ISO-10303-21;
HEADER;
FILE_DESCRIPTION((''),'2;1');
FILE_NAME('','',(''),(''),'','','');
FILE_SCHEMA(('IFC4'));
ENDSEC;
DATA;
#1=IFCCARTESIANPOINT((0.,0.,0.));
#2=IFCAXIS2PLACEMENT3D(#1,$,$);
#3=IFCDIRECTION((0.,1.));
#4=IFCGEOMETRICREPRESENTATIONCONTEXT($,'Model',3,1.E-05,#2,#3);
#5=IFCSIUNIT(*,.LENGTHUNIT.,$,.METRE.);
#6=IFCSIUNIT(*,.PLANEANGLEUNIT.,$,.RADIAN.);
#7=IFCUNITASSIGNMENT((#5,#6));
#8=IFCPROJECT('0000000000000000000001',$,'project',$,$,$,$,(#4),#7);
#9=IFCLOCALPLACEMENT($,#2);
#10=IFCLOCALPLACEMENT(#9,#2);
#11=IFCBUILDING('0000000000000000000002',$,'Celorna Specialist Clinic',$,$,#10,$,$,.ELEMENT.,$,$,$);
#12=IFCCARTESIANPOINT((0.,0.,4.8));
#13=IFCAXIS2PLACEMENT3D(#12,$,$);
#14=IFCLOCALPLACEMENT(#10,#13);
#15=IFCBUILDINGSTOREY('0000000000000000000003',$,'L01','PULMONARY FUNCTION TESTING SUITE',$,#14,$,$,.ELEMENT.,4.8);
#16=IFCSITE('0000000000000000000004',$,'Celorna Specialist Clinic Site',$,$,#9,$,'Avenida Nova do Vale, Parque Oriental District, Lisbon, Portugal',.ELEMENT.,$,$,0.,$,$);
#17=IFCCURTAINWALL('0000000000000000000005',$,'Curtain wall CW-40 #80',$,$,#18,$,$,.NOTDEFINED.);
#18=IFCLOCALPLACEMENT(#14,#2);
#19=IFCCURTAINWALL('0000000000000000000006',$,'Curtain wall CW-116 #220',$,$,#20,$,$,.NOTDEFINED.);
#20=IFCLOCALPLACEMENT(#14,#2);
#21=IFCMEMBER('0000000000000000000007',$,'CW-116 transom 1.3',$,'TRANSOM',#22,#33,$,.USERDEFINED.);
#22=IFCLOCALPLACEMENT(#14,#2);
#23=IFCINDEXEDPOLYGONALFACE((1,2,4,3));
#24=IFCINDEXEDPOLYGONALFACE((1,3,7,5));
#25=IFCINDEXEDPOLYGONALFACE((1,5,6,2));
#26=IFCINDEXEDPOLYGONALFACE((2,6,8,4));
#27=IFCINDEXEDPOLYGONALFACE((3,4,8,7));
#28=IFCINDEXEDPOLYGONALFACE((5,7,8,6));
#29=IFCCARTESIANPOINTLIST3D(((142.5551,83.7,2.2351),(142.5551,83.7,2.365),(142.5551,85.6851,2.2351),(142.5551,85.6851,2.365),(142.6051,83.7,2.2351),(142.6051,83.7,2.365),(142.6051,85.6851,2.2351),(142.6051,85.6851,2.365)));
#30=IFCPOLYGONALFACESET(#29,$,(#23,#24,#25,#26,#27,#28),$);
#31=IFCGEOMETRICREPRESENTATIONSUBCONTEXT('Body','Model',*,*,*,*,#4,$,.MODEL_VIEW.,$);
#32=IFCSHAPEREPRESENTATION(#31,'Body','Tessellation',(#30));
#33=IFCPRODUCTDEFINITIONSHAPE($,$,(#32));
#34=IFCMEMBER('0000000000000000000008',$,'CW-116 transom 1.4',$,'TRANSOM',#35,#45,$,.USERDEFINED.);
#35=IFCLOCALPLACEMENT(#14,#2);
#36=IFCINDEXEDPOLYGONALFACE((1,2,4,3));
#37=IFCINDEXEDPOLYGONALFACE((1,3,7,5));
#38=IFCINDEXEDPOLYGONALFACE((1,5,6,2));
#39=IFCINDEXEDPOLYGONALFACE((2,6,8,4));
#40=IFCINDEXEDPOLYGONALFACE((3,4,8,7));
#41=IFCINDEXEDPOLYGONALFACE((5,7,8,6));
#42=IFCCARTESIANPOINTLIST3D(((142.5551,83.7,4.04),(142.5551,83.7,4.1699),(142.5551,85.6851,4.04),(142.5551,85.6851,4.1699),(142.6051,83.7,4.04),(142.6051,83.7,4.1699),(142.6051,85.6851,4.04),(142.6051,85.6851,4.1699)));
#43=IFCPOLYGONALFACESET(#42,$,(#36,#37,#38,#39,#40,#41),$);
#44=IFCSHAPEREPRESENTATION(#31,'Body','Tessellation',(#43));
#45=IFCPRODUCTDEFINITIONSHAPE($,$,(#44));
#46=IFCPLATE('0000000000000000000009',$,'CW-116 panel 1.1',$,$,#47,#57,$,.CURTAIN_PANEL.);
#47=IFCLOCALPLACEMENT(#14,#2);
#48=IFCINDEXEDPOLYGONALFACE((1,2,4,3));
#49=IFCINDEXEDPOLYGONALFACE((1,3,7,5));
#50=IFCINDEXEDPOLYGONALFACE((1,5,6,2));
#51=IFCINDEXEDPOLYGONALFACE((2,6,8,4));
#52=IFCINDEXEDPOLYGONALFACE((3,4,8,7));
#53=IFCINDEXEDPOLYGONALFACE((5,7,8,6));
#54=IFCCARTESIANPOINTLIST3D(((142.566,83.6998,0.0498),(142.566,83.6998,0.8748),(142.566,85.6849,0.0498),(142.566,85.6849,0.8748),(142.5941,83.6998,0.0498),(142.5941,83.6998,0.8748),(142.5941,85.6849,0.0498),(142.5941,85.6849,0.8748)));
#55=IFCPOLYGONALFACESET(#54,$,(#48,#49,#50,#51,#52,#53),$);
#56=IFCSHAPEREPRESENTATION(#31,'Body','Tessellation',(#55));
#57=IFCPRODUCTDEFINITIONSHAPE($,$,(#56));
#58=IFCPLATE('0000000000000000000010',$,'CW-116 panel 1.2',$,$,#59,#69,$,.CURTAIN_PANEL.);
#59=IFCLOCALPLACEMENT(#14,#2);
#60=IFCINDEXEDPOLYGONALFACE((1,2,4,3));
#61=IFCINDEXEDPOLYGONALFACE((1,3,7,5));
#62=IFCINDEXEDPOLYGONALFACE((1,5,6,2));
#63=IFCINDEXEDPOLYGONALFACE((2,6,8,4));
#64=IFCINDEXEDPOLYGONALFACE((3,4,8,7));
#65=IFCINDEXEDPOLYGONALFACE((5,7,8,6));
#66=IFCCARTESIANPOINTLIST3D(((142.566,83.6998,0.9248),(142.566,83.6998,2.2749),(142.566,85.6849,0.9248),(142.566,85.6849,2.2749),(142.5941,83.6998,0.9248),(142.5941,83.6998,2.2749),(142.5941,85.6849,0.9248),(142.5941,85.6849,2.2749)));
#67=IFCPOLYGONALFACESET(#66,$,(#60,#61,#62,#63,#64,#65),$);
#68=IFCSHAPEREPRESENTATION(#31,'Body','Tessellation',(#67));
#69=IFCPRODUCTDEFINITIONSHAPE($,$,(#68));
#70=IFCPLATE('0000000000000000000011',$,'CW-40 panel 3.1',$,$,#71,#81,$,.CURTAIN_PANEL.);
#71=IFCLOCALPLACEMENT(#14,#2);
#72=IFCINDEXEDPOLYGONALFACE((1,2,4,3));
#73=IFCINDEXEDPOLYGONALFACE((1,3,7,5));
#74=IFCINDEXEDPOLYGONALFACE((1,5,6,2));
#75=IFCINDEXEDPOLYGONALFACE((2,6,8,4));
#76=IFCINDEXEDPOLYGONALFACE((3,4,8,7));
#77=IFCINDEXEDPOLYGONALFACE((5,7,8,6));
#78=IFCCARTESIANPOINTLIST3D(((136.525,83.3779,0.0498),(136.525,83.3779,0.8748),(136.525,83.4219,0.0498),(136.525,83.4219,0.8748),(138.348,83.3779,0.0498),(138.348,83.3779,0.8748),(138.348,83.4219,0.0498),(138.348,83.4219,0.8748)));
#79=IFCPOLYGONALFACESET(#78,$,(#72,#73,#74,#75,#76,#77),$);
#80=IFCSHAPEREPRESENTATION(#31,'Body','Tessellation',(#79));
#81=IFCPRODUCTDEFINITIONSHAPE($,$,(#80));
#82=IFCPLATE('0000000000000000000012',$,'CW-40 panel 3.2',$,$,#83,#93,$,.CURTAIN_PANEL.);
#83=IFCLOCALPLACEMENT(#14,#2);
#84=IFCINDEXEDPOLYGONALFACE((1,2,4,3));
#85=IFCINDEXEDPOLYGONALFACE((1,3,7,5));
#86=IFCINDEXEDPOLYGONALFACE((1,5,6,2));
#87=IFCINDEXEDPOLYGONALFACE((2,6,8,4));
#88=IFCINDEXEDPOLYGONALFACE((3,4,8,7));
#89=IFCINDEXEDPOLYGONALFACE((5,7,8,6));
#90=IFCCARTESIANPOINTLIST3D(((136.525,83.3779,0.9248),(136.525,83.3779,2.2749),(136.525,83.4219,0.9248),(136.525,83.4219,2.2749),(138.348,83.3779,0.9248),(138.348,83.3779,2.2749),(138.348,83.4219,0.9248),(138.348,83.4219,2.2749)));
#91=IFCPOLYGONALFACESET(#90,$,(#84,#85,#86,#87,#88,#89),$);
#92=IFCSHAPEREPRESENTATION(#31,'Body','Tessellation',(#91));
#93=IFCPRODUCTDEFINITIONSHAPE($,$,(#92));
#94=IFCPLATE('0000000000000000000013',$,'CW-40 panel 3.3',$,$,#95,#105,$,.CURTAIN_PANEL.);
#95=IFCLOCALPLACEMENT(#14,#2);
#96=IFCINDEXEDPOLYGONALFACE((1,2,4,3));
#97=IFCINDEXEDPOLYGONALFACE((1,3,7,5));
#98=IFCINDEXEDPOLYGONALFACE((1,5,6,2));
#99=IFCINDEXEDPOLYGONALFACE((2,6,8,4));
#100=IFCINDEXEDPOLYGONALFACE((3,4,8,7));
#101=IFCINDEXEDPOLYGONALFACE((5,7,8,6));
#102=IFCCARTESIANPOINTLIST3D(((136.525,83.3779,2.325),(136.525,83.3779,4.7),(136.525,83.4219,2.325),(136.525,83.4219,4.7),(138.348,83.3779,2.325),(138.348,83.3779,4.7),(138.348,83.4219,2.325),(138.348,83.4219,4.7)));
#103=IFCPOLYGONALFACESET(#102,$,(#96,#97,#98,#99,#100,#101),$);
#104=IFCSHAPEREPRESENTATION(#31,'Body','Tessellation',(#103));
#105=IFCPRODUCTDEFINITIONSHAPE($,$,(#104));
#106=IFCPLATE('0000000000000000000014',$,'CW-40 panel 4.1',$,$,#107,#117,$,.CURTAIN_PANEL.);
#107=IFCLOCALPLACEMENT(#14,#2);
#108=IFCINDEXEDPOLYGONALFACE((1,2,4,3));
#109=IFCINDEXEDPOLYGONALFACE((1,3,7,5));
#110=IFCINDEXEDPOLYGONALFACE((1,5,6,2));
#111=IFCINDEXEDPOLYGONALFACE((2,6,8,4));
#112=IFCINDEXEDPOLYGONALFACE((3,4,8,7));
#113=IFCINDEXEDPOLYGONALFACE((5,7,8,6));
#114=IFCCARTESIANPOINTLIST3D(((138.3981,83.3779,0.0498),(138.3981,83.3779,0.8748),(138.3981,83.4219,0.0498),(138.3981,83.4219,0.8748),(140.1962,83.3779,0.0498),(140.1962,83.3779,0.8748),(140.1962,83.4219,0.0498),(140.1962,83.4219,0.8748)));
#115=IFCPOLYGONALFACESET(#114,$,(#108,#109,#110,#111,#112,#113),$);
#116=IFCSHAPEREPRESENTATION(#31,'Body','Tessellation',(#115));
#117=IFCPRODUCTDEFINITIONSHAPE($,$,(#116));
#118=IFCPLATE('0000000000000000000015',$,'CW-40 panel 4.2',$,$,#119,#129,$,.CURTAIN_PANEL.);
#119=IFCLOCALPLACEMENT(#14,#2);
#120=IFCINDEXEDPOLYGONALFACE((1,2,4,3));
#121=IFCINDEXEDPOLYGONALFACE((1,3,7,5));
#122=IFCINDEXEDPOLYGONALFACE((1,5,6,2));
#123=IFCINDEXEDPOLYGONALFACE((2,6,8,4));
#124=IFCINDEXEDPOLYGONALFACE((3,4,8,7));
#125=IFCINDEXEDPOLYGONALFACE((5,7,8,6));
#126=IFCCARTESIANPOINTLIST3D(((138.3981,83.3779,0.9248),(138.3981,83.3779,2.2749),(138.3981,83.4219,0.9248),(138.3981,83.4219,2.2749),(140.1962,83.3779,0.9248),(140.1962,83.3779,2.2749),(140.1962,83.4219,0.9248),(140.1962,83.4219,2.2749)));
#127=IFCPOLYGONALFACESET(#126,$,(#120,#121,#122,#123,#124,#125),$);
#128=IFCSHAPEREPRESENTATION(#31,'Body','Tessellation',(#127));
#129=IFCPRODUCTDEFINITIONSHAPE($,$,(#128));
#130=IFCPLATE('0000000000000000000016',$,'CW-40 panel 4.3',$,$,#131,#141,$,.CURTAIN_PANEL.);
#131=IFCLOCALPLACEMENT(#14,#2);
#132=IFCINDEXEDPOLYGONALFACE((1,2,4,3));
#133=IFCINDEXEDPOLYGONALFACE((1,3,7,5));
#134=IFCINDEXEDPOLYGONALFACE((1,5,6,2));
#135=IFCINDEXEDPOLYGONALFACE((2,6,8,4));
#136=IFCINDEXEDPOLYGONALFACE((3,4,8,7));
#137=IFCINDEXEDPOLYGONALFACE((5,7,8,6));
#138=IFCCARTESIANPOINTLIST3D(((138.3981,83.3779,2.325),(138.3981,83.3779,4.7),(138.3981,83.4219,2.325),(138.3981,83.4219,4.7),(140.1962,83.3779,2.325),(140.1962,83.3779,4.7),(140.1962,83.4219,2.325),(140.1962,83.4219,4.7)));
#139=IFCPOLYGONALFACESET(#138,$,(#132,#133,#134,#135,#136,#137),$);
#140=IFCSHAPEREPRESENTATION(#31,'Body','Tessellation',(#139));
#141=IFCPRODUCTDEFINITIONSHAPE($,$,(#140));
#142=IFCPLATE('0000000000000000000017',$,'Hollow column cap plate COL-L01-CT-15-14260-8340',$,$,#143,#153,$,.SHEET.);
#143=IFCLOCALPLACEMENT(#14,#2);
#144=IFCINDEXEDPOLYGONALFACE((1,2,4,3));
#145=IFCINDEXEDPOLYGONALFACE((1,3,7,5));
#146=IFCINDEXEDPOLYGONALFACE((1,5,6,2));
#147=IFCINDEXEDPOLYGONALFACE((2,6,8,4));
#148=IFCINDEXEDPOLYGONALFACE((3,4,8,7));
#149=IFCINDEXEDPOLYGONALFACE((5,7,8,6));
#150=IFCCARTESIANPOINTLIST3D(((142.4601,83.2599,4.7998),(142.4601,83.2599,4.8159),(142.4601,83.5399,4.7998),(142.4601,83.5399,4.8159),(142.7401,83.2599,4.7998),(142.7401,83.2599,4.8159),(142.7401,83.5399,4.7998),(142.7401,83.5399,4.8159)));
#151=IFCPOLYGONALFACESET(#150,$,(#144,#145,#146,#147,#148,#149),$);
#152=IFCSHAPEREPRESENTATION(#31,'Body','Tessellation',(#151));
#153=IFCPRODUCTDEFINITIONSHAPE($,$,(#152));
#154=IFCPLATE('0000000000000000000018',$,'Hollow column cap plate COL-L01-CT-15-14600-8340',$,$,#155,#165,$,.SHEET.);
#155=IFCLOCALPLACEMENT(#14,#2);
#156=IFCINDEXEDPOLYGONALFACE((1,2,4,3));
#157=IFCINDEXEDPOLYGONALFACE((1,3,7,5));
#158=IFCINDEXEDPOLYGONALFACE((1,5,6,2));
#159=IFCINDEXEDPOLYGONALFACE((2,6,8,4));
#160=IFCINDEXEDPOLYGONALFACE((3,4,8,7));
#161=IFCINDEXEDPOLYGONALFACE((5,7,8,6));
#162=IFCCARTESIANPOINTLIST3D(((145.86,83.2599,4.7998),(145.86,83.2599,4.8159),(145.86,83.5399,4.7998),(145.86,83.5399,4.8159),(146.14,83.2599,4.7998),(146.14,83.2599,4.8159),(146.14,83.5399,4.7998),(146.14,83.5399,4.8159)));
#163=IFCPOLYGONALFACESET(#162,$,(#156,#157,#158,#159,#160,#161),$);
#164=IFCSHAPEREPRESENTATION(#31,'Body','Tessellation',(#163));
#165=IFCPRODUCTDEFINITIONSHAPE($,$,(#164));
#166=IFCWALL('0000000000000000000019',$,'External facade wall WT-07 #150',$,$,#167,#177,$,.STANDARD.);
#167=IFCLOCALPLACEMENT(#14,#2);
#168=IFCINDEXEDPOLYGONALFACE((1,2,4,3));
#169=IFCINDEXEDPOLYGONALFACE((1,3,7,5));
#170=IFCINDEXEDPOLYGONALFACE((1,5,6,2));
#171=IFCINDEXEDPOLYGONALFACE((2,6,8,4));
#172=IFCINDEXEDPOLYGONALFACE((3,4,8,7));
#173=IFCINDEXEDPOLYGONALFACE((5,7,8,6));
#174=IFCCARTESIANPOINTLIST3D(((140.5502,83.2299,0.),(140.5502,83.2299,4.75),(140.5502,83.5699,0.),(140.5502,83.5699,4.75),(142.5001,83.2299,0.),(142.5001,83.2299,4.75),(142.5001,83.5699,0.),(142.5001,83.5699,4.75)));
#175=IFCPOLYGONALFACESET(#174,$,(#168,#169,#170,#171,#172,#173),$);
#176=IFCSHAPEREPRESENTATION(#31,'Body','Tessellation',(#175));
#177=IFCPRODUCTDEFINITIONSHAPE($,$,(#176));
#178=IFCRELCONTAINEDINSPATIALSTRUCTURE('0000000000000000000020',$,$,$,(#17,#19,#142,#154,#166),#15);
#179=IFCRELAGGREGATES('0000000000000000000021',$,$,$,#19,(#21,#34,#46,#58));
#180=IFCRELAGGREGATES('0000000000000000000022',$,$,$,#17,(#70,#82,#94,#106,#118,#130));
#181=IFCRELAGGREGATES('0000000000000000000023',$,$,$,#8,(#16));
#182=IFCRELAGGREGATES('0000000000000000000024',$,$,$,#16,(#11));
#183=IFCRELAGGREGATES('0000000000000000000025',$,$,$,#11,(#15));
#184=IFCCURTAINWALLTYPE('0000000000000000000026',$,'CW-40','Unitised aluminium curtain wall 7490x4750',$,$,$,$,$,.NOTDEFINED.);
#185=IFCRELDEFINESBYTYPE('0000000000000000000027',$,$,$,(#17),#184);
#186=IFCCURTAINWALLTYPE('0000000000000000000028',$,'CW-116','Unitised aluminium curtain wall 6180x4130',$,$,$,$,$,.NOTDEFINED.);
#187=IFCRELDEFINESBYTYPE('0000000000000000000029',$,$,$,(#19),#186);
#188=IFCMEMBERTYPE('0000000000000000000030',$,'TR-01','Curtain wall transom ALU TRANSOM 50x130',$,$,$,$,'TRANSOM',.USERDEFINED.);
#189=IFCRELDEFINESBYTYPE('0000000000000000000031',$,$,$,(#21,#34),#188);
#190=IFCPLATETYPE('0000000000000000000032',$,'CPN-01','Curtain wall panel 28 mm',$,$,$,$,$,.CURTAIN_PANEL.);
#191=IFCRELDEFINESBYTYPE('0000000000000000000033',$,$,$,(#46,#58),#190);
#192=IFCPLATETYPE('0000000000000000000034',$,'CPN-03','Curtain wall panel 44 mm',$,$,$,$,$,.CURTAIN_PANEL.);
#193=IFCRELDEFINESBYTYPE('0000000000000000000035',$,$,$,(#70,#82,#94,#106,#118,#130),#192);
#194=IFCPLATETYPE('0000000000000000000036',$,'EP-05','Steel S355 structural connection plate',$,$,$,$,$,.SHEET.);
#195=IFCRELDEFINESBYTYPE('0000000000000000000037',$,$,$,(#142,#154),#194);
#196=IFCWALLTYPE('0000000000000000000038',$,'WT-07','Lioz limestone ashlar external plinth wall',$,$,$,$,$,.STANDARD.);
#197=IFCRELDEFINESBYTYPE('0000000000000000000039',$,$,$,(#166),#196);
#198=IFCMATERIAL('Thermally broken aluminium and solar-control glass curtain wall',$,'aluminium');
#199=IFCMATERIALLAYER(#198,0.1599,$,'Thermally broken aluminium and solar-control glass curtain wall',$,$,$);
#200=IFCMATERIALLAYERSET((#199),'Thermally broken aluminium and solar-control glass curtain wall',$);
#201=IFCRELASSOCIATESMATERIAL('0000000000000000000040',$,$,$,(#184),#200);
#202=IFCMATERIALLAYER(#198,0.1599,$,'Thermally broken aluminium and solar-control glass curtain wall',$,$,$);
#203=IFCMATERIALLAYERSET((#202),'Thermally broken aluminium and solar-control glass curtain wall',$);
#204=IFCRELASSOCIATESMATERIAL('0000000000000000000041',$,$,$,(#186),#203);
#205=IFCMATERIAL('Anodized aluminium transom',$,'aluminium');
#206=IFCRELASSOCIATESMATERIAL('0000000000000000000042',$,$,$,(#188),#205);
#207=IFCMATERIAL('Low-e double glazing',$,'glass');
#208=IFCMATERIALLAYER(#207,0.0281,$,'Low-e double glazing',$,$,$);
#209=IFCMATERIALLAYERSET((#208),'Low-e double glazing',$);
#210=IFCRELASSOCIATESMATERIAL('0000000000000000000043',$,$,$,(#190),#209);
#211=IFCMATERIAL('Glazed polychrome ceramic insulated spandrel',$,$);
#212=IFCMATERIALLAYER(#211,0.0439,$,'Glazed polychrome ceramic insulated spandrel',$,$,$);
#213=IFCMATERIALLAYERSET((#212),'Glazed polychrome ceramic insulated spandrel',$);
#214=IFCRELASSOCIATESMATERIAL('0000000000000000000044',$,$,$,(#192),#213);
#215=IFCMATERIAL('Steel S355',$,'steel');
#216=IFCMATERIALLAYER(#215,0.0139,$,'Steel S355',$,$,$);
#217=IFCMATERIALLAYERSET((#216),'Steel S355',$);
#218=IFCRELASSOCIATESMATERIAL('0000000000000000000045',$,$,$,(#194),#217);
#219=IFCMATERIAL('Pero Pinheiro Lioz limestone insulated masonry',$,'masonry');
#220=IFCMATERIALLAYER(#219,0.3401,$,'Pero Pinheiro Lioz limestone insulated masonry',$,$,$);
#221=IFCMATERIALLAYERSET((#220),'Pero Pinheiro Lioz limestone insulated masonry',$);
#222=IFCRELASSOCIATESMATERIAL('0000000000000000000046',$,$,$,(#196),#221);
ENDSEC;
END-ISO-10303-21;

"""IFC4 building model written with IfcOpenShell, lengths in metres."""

from ifc_helpers import new_model, si_unit, direction, frame, frame_2d, origin, origin_2d, place, context, subcontext, project, spatial, rectangle, extrude, material, layer, layer_set, material_profile, profile_set, type_object, element, aggregate, save


model = new_model("IFC4")

# Units and contexts
model_context = context("Model", 3, precision=1e-05, world=origin(), true_north=direction((0.0, 1.0)))
body_context = subcontext(model_context, "Body", "Model", "MODEL_VIEW")
ifc_project = project(units=[si_unit("LENGTHUNIT", "METRE"), si_unit("PLANEANGLEUNIT", "RADIAN")], contexts=[model_context])

# Site, building, storey
site_placement = place(None, origin())
site = spatial("IfcSite", under=ifc_project, at=site_placement, Name="Celorna Specialist Clinic Site", LongName="Avenida Nova do Vale, Parque Oriental District, Lisbon, Portugal", CompositionType="ELEMENT", RefElevation=0.0)
building_placement = place(site_placement, origin())
building = spatial("IfcBuilding", under=site, at=building_placement, Name="Celorna Specialist Clinic", CompositionType="ELEMENT")
storey_placement = place(building_placement, frame((0.0, 0.0, 4.8)))
storey = spatial("IfcBuildingStorey", under=building, at=storey_placement, Name="L01", Description="PULMONARY FUNCTION TESTING SUITE", CompositionType="ELEMENT", Elevation=4.8)

# Shared definitions
ifc_material_1 = material(Name="Steel S355", Category="steel")

# Curtain wall
ifc_material_2 = material(Name="Thermally broken aluminium and solar-control glass curtain wall", Category="aluminium")
ifc_layer_1 = layer(ifc_material_2, 0.1599, Name="Thermally broken aluminium and solar-control glass curtain wall")
ifc_layer_set_1 = layer_set([ifc_layer_1], Name="Thermally broken aluminium and solar-control glass curtain wall")
curtain_wall_type_1 = type_object("IfcCurtainWallType", Name="CW-40", Description="Unitised aluminium curtain wall 7490x4750", PredefinedType="NOTDEFINED", material=ifc_layer_set_1)
curtain_wall_1_placement = place(storey_placement, origin())
curtain_wall_1 = element("IfcCurtainWall", 1, at=curtain_wall_1_placement, inside=storey, type_object=curtain_wall_type_1, Name="Curtain wall CW-40 #80", PredefinedType="NOTDEFINED")

# Curtain wall
ifc_layer_2 = layer(ifc_material_2, 0.1599, Name="Thermally broken aluminium and solar-control glass curtain wall")
ifc_layer_set_2 = layer_set([ifc_layer_2], Name="Thermally broken aluminium and solar-control glass curtain wall")
curtain_wall_type_2 = type_object("IfcCurtainWallType", Name="CW-116", Description="Unitised aluminium curtain wall 6180x4130", PredefinedType="NOTDEFINED", material=ifc_layer_set_2)
curtain_wall_2_placement = place(storey_placement, origin())
curtain_wall_2 = element("IfcCurtainWall", 2, at=curtain_wall_2_placement, inside=storey, type_object=curtain_wall_type_2, Name="Curtain wall CW-116 #220", PredefinedType="NOTDEFINED")

# Members
ifc_material_3 = material(Name="Anodized aluminium transom", Category="aluminium")
ifc_material_profile_1 = material_profile(ifc_material_3, rectangle(XDim=0.05, YDim=0.1299, at=origin_2d()), Name="ALU TRANSOM 50x130")
ifc_profile_set_1 = profile_set([ifc_material_profile_1], Name="Anodized aluminium transom")
member_type_1 = type_object("IfcMemberType", Name="TR-01", Description="Curtain wall transom ALU TRANSOM 50x130", ElementType="TRANSOM", PredefinedType="USERDEFINED", material=ifc_profile_set_1)
member_1_placement = place(storey_placement, frame((142.5801, 83.7, 2.3), z_axis=(0.0, 1.0, 0.0), x_axis=(-1.0, 0.0, 0.0)))
member_1 = element("IfcMember", 3, at=member_1_placement, type_object=member_type_1, Name="CW-116 transom 1.3", ObjectType="TRANSOM", PredefinedType="USERDEFINED", context=body_context, shape_type="SweptSolid", body=[
    extrude(rectangle(XDim=0.05, YDim=0.1299, at=origin_2d()), origin(), (0.0, 0.0, 1.0), 1.9851),
])
member_2_placement = place(storey_placement, frame((142.5801, 83.7, 4.105), z_axis=(0.0, 1.0, 0.0), x_axis=(-1.0, 0.0, 0.0)))
member_2 = element("IfcMember", 4, at=member_2_placement, type_object=member_type_1, Name="CW-116 transom 1.4", ObjectType="TRANSOM", PredefinedType="USERDEFINED", context=body_context, shape_type="SweptSolid", body=[
    extrude(rectangle(XDim=0.05, YDim=0.1299, at=origin_2d()), origin(), (0.0, 0.0, 1.0), 1.9851),
])

# Plates
ifc_material_4 = material(Name="Low-e double glazing", Category="glass")
ifc_layer_3 = layer(ifc_material_4, 0.0281, Name="Low-e double glazing")
ifc_layer_set_3 = layer_set([ifc_layer_3], Name="Low-e double glazing")
plate_type_1 = type_object("IfcPlateType", Name="CPN-01", Description="Curtain wall panel 28 mm", PredefinedType="CURTAIN_PANEL", material=ifc_layer_set_3)
plate_1_placement = place(storey_placement, frame((142.5801, 84.6924, 0.0498), z_axis=(0.0, 0.0, 1.0), x_axis=(0.0, 1.0, 0.0)))
plate_1 = element("IfcPlate", 5, at=plate_1_placement, type_object=plate_type_1, Name="CW-116 panel 1.1", PredefinedType="CURTAIN_PANEL", context=body_context, shape_type="SweptSolid", body=[
    extrude(rectangle(XDim=1.9851, YDim=0.0281, at=origin_2d()), origin(), (0.0, 0.0, 1.0), 0.825),
])
plate_2_placement = place(storey_placement, frame((142.5801, 84.6924, 0.9248), z_axis=(0.0, 0.0, 1.0), x_axis=(0.0, 1.0, 0.0)))
plate_2 = element("IfcPlate", 6, at=plate_2_placement, type_object=plate_type_1, Name="CW-116 panel 1.2", PredefinedType="CURTAIN_PANEL", context=body_context, shape_type="SweptSolid", body=[
    extrude(rectangle(XDim=1.9851, YDim=0.0281, at=origin_2d()), origin(), (0.0, 0.0, 1.0), 1.3501),
])
aggregate(curtain_wall_2, [member_1, member_2, plate_1, plate_2])
ifc_material_5 = material(Name="Glazed polychrome ceramic insulated spandrel")
ifc_layer_4 = layer(ifc_material_5, 0.0439, Name="Glazed polychrome ceramic insulated spandrel")
ifc_layer_set_4 = layer_set([ifc_layer_4], Name="Glazed polychrome ceramic insulated spandrel")
plate_type_2 = type_object("IfcPlateType", Name="CPN-03", Description="Curtain wall panel 44 mm", PredefinedType="CURTAIN_PANEL", material=ifc_layer_set_4)
plate_3_placement = place(storey_placement, frame((137.4365, 83.3999, 0.0498), z_axis=(0.0, 0.0, 1.0), x_axis=(1.0, 0.0, 0.0)))
plate_3 = element("IfcPlate", 7, at=plate_3_placement, type_object=plate_type_2, Name="CW-40 panel 3.1", PredefinedType="CURTAIN_PANEL", context=body_context, shape_type="SweptSolid", body=[
    extrude(rectangle(XDim=1.823, YDim=0.0439, at=origin_2d()), origin(), (0.0, 0.0, 1.0), 0.825),
])
plate_4_placement = place(storey_placement, frame((137.4365, 83.3999, 0.9248), z_axis=(0.0, 0.0, 1.0), x_axis=(1.0, 0.0, 0.0)))
plate_4 = element("IfcPlate", 8, at=plate_4_placement, type_object=plate_type_2, Name="CW-40 panel 3.2", PredefinedType="CURTAIN_PANEL", context=body_context, shape_type="SweptSolid", body=[
    extrude(rectangle(XDim=1.823, YDim=0.0439, at=origin_2d()), origin(), (0.0, 0.0, 1.0), 1.3501),
])
plate_5_placement = place(storey_placement, frame((137.4365, 83.3999, 2.325), z_axis=(0.0, 0.0, 1.0), x_axis=(1.0, 0.0, 0.0)))
plate_5 = element("IfcPlate", 9, at=plate_5_placement, type_object=plate_type_2, Name="CW-40 panel 3.3", PredefinedType="CURTAIN_PANEL", context=body_context, shape_type="SweptSolid", body=[
    extrude(rectangle(XDim=1.823, YDim=0.0439, at=origin_2d()), origin(), (0.0, 0.0, 1.0), 2.375),
])
plate_6_placement = place(storey_placement, frame((139.2971, 83.3999, 0.0498), z_axis=(0.0, 0.0, 1.0), x_axis=(1.0, 0.0, 0.0)))
plate_6 = element("IfcPlate", 10, at=plate_6_placement, type_object=plate_type_2, Name="CW-40 panel 4.1", PredefinedType="CURTAIN_PANEL", context=body_context, shape_type="SweptSolid", body=[
    extrude(rectangle(XDim=1.7981, YDim=0.0439, at=origin_2d()), origin(), (0.0, 0.0, 1.0), 0.825),
])
plate_7_placement = place(storey_placement, frame((139.2971, 83.3999, 0.9248), z_axis=(0.0, 0.0, 1.0), x_axis=(1.0, 0.0, 0.0)))
plate_7 = element("IfcPlate", 11, at=plate_7_placement, type_object=plate_type_2, Name="CW-40 panel 4.2", PredefinedType="CURTAIN_PANEL", context=body_context, shape_type="SweptSolid", body=[
    extrude(rectangle(XDim=1.7981, YDim=0.0439, at=origin_2d()), origin(), (0.0, 0.0, 1.0), 1.3501),
])
plate_8_placement = place(storey_placement, frame((139.2971, 83.3999, 2.325), z_axis=(0.0, 0.0, 1.0), x_axis=(1.0, 0.0, 0.0)))
plate_8 = element("IfcPlate", 12, at=plate_8_placement, type_object=plate_type_2, Name="CW-40 panel 4.3", PredefinedType="CURTAIN_PANEL", context=body_context, shape_type="SweptSolid", body=[
    extrude(rectangle(XDim=1.7981, YDim=0.0439, at=origin_2d()), origin(), (0.0, 0.0, 1.0), 2.375),
])
aggregate(curtain_wall_1, [plate_3, plate_4, plate_5, plate_6, plate_7, plate_8])

# Plates
ifc_layer_5 = layer(ifc_material_1, 0.0139, Name="Steel S355")
ifc_layer_set_5 = layer_set([ifc_layer_5], Name="Steel S355")
plate_type_3 = type_object("IfcPlateType", Name="EP-05", Description="Steel S355 structural connection plate", PredefinedType="SHEET", material=ifc_layer_set_5)
for number, where, z_axis, x_axis, name in (
    (13, (142.6001, 83.3999, 4.7998), (0.0, 0.0, 1.0), (1.0, 0.0, 0.0), "Hollow column cap plate COL-L01-CT-15-14260-8340"),
    (14, (146.0, 83.3999, 4.7998), (0.0, 0.0, 1.0), (1.0, 0.0, 0.0), "Hollow column cap plate COL-L01-CT-15-14600-8340"),
):
    element("IfcPlate", number, at=place(storey_placement, frame(where, z_axis=z_axis, x_axis=x_axis)), inside=storey, type_object=plate_type_3, Name=name, PredefinedType="SHEET", context=body_context, shape_type="SweptSolid", body=[
        extrude(rectangle(XDim=0.28, YDim=0.28, at=origin_2d()), origin(), (0.0, 0.0, 1.0), 0.0161),
    ])

# Wall
ifc_material_6 = material(Name="Pero Pinheiro Lioz limestone insulated masonry", Category="masonry")
ifc_layer_6 = layer(ifc_material_6, 0.3401, Name="Pero Pinheiro Lioz limestone insulated masonry")
ifc_layer_set_6 = layer_set([ifc_layer_6], Name="Pero Pinheiro Lioz limestone insulated masonry")
wall_type = type_object("IfcWallType", Name="WT-07", Description="Lioz limestone ashlar external plinth wall", PredefinedType="STANDARD", material=ifc_layer_set_6)
wall_1_placement = place(storey_placement, frame((140.55, 83.3999, 0.0), z_axis=(0.0, 0.0, 1.0), x_axis=(1.0, 0.0, 0.0)))
element("IfcWall", 15, at=wall_1_placement, inside=storey, type_object=wall_type, Name="External facade wall WT-07 #150", PredefinedType="STANDARD", context=body_context, shape_type="SweptSolid", body=[
    extrude(rectangle(XDim=1.95, YDim=0.3401, at=frame_2d((0.9751, 0.0))), origin(), (0.0, 0.0, 1.0), 4.75),
])

save(model, "model.ifc")
